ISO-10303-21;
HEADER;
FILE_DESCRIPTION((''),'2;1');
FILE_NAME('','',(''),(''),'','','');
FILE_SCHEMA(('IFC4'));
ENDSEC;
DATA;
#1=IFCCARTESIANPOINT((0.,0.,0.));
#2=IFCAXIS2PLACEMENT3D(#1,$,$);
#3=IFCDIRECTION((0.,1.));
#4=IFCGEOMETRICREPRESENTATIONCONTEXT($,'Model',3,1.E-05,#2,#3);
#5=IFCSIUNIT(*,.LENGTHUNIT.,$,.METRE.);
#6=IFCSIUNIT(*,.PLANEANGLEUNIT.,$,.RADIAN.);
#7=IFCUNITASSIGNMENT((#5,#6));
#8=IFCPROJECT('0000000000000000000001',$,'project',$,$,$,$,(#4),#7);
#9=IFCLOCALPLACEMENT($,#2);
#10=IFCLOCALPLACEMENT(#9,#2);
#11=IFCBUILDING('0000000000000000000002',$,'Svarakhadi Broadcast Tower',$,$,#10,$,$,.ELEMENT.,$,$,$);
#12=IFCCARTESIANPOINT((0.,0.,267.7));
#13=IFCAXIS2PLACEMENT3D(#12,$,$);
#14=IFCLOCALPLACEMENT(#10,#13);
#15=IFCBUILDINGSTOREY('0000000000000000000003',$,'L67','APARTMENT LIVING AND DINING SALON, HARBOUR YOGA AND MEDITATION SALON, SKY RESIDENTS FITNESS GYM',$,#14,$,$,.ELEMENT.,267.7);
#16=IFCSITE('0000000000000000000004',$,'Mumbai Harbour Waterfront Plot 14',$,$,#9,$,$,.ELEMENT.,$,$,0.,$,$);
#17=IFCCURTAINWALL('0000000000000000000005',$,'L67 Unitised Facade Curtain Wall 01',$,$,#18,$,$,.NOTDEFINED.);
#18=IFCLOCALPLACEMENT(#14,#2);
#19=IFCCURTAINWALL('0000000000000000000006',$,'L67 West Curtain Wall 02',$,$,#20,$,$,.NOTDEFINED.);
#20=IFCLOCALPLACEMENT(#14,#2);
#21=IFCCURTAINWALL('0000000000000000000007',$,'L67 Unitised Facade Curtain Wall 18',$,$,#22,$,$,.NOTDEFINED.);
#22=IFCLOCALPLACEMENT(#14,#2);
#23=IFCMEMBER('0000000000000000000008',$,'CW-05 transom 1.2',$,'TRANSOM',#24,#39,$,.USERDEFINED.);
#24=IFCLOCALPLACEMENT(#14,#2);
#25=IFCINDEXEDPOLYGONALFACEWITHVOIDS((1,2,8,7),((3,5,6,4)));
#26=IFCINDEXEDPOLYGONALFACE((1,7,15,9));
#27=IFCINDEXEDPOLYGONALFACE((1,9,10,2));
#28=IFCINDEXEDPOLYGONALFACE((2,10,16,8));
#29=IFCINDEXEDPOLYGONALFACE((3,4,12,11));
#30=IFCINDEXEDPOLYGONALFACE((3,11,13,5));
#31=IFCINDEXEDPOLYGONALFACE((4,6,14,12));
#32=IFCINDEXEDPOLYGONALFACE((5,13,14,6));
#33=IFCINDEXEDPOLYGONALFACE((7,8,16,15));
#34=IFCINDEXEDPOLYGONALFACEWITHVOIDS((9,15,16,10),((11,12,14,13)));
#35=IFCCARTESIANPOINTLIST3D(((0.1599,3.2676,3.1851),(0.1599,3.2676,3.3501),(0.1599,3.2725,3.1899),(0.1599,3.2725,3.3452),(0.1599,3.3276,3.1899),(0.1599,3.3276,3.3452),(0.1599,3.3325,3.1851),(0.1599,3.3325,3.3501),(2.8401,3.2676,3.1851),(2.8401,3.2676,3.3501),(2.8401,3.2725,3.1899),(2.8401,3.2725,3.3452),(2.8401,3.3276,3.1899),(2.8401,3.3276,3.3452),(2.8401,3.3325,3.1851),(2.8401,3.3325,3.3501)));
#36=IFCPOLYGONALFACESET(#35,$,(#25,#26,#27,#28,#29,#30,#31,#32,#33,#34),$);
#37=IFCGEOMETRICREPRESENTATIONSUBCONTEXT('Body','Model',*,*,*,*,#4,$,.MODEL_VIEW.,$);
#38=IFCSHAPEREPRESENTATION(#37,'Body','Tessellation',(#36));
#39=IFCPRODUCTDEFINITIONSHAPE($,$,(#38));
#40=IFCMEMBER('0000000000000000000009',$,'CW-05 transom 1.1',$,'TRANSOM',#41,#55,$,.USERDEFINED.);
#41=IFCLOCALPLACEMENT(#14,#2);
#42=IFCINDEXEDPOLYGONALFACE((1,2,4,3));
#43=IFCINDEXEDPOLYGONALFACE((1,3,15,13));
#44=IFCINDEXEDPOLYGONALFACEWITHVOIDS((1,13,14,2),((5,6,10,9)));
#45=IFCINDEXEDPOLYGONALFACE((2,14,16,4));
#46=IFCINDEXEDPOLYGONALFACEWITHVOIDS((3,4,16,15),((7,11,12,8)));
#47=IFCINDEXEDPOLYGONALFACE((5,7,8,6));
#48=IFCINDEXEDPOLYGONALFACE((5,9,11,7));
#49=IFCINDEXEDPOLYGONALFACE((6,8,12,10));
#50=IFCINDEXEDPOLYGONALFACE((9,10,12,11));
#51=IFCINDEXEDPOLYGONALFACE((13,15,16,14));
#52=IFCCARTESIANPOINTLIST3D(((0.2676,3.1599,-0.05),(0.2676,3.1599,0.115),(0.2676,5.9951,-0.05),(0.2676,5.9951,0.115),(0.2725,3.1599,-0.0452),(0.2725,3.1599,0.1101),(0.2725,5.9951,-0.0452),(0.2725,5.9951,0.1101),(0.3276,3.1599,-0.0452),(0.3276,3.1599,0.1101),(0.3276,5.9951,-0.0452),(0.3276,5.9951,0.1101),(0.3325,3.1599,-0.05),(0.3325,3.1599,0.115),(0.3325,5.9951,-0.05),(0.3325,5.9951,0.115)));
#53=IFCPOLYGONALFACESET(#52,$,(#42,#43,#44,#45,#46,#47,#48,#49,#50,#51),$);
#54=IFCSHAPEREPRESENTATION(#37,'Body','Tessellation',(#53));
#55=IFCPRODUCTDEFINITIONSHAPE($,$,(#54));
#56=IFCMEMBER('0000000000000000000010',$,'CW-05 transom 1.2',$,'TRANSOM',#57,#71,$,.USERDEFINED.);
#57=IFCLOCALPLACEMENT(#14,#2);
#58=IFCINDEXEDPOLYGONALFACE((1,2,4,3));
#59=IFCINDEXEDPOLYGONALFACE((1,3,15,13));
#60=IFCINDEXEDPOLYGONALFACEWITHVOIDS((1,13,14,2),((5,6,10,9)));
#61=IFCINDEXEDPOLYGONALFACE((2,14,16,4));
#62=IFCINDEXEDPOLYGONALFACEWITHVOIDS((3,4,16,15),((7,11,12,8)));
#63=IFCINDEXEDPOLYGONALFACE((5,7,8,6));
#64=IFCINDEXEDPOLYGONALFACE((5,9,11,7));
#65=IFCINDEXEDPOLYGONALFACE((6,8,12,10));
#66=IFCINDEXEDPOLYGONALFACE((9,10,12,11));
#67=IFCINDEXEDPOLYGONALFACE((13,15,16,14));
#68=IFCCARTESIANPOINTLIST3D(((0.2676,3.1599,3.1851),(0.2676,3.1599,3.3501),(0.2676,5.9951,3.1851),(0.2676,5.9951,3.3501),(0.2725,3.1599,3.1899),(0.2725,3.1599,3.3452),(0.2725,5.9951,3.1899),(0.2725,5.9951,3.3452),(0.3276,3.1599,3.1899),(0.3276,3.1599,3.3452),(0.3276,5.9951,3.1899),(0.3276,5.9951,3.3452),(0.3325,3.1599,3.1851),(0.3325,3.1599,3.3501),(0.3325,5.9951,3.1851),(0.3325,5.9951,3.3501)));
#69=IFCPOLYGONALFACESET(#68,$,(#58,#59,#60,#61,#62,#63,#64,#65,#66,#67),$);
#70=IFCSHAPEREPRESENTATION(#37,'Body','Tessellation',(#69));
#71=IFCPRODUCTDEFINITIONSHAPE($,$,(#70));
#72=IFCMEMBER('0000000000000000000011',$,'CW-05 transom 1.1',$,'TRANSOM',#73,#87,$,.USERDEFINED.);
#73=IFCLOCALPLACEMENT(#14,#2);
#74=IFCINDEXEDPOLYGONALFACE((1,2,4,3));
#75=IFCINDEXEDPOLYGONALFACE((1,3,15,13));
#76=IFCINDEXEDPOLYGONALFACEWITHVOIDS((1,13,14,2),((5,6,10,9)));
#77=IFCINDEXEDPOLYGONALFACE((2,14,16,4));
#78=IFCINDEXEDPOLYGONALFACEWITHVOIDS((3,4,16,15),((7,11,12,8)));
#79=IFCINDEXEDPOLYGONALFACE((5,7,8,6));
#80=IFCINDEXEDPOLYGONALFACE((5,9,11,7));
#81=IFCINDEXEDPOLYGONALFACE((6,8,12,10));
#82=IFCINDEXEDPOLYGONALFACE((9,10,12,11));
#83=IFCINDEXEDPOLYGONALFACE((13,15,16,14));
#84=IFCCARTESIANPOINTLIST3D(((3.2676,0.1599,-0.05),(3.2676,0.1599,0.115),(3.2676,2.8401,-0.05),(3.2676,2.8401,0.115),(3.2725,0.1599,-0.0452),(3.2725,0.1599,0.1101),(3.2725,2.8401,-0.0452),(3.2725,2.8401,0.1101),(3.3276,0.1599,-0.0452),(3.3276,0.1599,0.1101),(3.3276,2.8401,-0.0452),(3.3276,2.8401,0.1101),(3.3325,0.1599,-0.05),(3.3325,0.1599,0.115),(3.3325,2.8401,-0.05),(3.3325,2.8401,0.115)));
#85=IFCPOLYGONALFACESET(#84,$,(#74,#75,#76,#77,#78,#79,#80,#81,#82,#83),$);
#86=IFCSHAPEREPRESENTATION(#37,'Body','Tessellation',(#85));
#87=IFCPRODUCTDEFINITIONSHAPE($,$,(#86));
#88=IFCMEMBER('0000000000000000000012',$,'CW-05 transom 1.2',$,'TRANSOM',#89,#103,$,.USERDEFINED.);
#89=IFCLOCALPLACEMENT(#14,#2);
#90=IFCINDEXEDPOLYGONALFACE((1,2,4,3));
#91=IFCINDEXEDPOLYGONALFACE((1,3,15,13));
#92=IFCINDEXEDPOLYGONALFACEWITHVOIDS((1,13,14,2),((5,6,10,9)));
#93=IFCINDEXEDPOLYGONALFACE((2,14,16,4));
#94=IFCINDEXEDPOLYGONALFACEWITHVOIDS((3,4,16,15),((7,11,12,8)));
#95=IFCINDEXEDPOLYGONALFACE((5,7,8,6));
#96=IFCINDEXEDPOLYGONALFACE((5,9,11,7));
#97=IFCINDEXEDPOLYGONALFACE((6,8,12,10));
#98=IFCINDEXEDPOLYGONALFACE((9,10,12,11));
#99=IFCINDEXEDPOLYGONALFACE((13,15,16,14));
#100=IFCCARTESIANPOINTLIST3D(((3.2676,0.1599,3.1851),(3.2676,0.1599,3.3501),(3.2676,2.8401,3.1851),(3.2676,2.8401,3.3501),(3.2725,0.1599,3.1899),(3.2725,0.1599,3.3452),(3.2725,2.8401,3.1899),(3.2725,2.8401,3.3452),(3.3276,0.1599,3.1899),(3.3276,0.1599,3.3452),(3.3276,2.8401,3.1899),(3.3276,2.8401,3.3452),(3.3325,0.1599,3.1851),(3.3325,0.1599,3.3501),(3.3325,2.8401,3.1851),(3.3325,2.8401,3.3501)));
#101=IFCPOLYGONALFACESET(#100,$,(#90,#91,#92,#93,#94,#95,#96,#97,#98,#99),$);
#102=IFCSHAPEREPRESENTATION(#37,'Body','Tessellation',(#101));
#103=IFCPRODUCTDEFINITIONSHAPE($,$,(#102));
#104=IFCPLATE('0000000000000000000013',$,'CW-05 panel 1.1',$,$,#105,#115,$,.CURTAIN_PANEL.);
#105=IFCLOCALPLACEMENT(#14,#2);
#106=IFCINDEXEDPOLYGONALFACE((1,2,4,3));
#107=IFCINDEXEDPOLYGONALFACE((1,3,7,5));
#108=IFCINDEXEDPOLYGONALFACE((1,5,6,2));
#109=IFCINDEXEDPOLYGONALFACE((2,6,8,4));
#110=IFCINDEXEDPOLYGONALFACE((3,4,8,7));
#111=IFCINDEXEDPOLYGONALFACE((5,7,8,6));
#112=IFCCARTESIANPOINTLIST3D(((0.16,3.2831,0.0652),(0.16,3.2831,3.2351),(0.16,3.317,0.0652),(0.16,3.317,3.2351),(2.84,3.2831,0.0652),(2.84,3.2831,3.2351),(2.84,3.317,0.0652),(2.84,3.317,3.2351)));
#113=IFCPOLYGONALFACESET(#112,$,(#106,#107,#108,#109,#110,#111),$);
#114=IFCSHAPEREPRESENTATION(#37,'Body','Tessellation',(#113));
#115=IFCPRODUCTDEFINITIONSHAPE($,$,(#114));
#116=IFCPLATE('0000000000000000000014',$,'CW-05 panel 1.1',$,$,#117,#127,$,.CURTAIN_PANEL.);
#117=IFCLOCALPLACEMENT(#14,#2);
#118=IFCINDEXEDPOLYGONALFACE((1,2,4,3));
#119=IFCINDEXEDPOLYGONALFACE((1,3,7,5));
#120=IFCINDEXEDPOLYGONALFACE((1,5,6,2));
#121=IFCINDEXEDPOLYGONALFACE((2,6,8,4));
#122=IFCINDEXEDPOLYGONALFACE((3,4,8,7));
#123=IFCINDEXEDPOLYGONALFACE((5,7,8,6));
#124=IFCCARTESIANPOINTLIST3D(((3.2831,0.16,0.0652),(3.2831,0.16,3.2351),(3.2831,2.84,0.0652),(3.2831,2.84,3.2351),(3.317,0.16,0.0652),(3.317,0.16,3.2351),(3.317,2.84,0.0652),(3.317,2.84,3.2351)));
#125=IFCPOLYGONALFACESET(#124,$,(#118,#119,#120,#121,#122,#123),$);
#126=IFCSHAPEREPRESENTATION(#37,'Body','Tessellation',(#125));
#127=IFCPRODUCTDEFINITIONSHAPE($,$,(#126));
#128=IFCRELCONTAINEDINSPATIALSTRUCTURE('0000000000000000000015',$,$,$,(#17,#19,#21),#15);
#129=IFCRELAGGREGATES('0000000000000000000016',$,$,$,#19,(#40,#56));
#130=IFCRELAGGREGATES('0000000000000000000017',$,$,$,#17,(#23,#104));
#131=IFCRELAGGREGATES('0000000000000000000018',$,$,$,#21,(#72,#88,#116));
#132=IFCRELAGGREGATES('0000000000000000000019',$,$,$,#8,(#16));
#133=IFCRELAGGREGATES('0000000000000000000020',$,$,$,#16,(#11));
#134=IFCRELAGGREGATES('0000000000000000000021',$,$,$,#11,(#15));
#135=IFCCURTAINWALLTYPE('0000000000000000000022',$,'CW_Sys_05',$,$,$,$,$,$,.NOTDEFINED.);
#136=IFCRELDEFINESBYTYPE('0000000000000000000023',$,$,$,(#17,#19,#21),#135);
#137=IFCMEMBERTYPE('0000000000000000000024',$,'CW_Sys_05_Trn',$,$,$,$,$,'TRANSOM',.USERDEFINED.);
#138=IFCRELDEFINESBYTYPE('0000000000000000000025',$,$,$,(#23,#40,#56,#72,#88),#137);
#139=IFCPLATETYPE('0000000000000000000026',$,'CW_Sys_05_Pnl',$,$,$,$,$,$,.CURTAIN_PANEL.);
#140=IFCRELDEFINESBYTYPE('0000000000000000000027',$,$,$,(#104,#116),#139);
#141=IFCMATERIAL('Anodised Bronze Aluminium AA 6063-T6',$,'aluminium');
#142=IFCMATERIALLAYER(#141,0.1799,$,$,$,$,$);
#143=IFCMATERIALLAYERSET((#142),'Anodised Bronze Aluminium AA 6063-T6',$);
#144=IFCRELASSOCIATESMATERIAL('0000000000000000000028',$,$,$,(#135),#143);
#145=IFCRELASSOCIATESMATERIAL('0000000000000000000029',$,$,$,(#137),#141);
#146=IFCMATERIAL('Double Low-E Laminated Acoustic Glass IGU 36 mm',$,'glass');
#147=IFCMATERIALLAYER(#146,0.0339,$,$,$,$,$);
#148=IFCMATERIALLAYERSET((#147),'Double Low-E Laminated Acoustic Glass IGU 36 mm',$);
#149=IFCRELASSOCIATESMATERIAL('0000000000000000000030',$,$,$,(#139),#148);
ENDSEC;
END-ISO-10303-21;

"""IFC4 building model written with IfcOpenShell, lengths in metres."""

from ifc_helpers import new_model, si_unit, direction, frame, origin, origin_2d, place, context, subcontext, project, spatial, rectangle, hollow_rectangle, extrude, material, layer, layer_set, material_profile, profile_set, type_object, element, aggregate, save


model = new_model("IFC4")

# Units and contexts
model_context = context("Model", 3, precision=1e-05, world=origin(), true_north=direction((0.0, 1.0)))
body_context = subcontext(model_context, "Body", "Model", "MODEL_VIEW")
ifc_project = project(units=[si_unit("LENGTHUNIT", "METRE"), si_unit("PLANEANGLEUNIT", "RADIAN")], contexts=[model_context])

# Site, building, storey
site_placement = place(None, origin())
site = spatial("IfcSite", under=ifc_project, at=site_placement, Name="Mumbai Harbour Waterfront Plot 14", CompositionType="ELEMENT", RefElevation=0.0)
building_placement = place(site_placement, origin())
building = spatial("IfcBuilding", under=site, at=building_placement, Name="Svarakhadi Broadcast Tower", CompositionType="ELEMENT")
storey_placement = place(building_placement, frame((0.0, 0.0, 267.7)))
storey = spatial("IfcBuildingStorey", under=building, at=storey_placement, Name="L67", Description="APARTMENT LIVING AND DINING SALON, HARBOUR YOGA AND MEDITATION SALON, SKY RESIDENTS FITNESS GYM", CompositionType="ELEMENT", Elevation=267.7)

# Curtain wall
ifc_material_1 = material(Name="Anodised Bronze Aluminium AA 6063-T6", Category="aluminium")
ifc_layer_1 = layer(ifc_material_1, 0.1799)
ifc_layer_set_1 = layer_set([ifc_layer_1], Name="Anodised Bronze Aluminium AA 6063-T6")
curtain_wall_type = type_object("IfcCurtainWallType", Name="CW_Sys_05", PredefinedType="NOTDEFINED", material=ifc_layer_set_1)
curtain_wall_1_placement = place(storey_placement, origin())
curtain_wall_1 = element("IfcCurtainWall", 1, at=curtain_wall_1_placement, inside=storey, type_object=curtain_wall_type, Name="L67 Unitised Facade Curtain Wall 01", PredefinedType="NOTDEFINED")

# Curtain wall
curtain_wall_2_placement = place(storey_placement, origin())
curtain_wall_2 = element("IfcCurtainWall", 2, at=curtain_wall_2_placement, inside=storey, type_object=curtain_wall_type, Name="L67 West Curtain Wall 02", PredefinedType="NOTDEFINED")

# Curtain wall
curtain_wall_3_placement = place(storey_placement, origin())
curtain_wall_3 = element("IfcCurtainWall", 3, at=curtain_wall_3_placement, inside=storey, type_object=curtain_wall_type, Name="L67 Unitised Facade Curtain Wall 18", PredefinedType="NOTDEFINED")

# Members
ifc_material_profile_1 = material_profile(ifc_material_1, hollow_rectangle(XDim=0.0649, YDim=0.165, WallThickness=0.0049, at=origin_2d()), Name="ALU TRANSOM 165x65x5")
ifc_profile_set_1 = profile_set([ifc_material_profile_1], Name="Anodised Bronze Aluminium AA 6063-T6")
member_type_1 = type_object("IfcMemberType", Name="CW_Sys_05_Trn", ElementType="TRANSOM", PredefinedType="USERDEFINED", material=ifc_profile_set_1)
member_1_placement = place(storey_placement, frame((2.8401, 3.3, 3.2676), z_axis=(-1.0, 0.0, 0.0), x_axis=(0.0, -1.0, 0.0)))
member_1 = element("IfcMember", 4, at=member_1_placement, type_object=member_type_1, Name="CW-05 transom 1.2", ObjectType="TRANSOM", PredefinedType="USERDEFINED", context=body_context, shape_type="SweptSolid", body=[
    extrude(hollow_rectangle(XDim=0.0649, YDim=0.165, WallThickness=0.0049, at=origin_2d()), origin(), (0.0, 0.0, 1.0), 2.6802),
])
member_2_placement = place(storey_placement, frame((0.3, 3.1599, 0.0325), z_axis=(0.0, 1.0, 0.0), x_axis=(-1.0, 0.0, 0.0)))
member_2 = element("IfcMember", 5, at=member_2_placement, type_object=member_type_1, Name="CW-05 transom 1.1", ObjectType="TRANSOM", PredefinedType="USERDEFINED", context=body_context, shape_type="SweptSolid", body=[
    extrude(hollow_rectangle(XDim=0.0649, YDim=0.165, WallThickness=0.0049, at=origin_2d()), origin(), (0.0, 0.0, 1.0), 2.8352),
])
member_3_placement = place(storey_placement, frame((0.3, 3.1599, 3.2676), z_axis=(0.0, 1.0, 0.0), x_axis=(-1.0, 0.0, 0.0)))
member_3 = element("IfcMember", 6, at=member_3_placement, type_object=member_type_1, Name="CW-05 transom 1.2", ObjectType="TRANSOM", PredefinedType="USERDEFINED", context=body_context, shape_type="SweptSolid", body=[
    extrude(hollow_rectangle(XDim=0.0649, YDim=0.165, WallThickness=0.0049, at=origin_2d()), origin(), (0.0, 0.0, 1.0), 2.8352),
])
aggregate(curtain_wall_2, [member_2, member_3])
member_4_placement = place(storey_placement, frame((3.3, 0.1599, 0.0325), z_axis=(0.0, 1.0, 0.0), x_axis=(-1.0, 0.0, 0.0)))
member_4 = element("IfcMember", 7, at=member_4_placement, type_object=member_type_1, Name="CW-05 transom 1.1", ObjectType="TRANSOM", PredefinedType="USERDEFINED", context=body_context, shape_type="SweptSolid", body=[
    extrude(hollow_rectangle(XDim=0.0649, YDim=0.165, WallThickness=0.0049, at=origin_2d()), origin(), (0.0, 0.0, 1.0), 2.6802),
])
member_5_placement = place(storey_placement, frame((3.3, 0.1599, 3.2676), z_axis=(0.0, 1.0, 0.0), x_axis=(-1.0, 0.0, 0.0)))
member_5 = element("IfcMember", 8, at=member_5_placement, type_object=member_type_1, Name="CW-05 transom 1.2", ObjectType="TRANSOM", PredefinedType="USERDEFINED", context=body_context, shape_type="SweptSolid", body=[
    extrude(hollow_rectangle(XDim=0.0649, YDim=0.165, WallThickness=0.0049, at=origin_2d()), origin(), (0.0, 0.0, 1.0), 2.6802),
])

# Plates
ifc_material_2 = material(Name="Double Low-E Laminated Acoustic Glass IGU 36 mm", Category="glass")
ifc_layer_2 = layer(ifc_material_2, 0.0339)
ifc_layer_set_2 = layer_set([ifc_layer_2], Name="Double Low-E Laminated Acoustic Glass IGU 36 mm")
plate_type = type_object("IfcPlateType", Name="CW_Sys_05_Pnl", PredefinedType="CURTAIN_PANEL", material=ifc_layer_set_2)
plate_1_placement = place(storey_placement, frame((1.5, 3.3, 0.0652), z_axis=(0.0, 0.0, 1.0), x_axis=(-1.0, 0.0, 0.0)))
plate_1 = element("IfcPlate", 9, at=plate_1_placement, type_object=plate_type, Name="CW-05 panel 1.1", PredefinedType="CURTAIN_PANEL", context=body_context, shape_type="SweptSolid", body=[
    extrude(rectangle(XDim=2.6799, YDim=0.0339, at=origin_2d()), origin(), (0.0, 0.0, 1.0), 3.1699),
])
aggregate(curtain_wall_1, [member_1, plate_1])
plate_2_placement = place(storey_placement, frame((3.3, 1.5, 0.0652), z_axis=(0.0, 0.0, 1.0), x_axis=(0.0, 1.0, 0.0)))
plate_2 = element("IfcPlate", 10, at=plate_2_placement, type_object=plate_type, Name="CW-05 panel 1.1", PredefinedType="CURTAIN_PANEL", context=body_context, shape_type="SweptSolid", body=[
    extrude(rectangle(XDim=2.6799, YDim=0.0339, at=origin_2d()), origin(), (0.0, 0.0, 1.0), 3.1699),
])
aggregate(curtain_wall_3, [member_4, member_5, plate_2])

save(model, "model.ifc")
